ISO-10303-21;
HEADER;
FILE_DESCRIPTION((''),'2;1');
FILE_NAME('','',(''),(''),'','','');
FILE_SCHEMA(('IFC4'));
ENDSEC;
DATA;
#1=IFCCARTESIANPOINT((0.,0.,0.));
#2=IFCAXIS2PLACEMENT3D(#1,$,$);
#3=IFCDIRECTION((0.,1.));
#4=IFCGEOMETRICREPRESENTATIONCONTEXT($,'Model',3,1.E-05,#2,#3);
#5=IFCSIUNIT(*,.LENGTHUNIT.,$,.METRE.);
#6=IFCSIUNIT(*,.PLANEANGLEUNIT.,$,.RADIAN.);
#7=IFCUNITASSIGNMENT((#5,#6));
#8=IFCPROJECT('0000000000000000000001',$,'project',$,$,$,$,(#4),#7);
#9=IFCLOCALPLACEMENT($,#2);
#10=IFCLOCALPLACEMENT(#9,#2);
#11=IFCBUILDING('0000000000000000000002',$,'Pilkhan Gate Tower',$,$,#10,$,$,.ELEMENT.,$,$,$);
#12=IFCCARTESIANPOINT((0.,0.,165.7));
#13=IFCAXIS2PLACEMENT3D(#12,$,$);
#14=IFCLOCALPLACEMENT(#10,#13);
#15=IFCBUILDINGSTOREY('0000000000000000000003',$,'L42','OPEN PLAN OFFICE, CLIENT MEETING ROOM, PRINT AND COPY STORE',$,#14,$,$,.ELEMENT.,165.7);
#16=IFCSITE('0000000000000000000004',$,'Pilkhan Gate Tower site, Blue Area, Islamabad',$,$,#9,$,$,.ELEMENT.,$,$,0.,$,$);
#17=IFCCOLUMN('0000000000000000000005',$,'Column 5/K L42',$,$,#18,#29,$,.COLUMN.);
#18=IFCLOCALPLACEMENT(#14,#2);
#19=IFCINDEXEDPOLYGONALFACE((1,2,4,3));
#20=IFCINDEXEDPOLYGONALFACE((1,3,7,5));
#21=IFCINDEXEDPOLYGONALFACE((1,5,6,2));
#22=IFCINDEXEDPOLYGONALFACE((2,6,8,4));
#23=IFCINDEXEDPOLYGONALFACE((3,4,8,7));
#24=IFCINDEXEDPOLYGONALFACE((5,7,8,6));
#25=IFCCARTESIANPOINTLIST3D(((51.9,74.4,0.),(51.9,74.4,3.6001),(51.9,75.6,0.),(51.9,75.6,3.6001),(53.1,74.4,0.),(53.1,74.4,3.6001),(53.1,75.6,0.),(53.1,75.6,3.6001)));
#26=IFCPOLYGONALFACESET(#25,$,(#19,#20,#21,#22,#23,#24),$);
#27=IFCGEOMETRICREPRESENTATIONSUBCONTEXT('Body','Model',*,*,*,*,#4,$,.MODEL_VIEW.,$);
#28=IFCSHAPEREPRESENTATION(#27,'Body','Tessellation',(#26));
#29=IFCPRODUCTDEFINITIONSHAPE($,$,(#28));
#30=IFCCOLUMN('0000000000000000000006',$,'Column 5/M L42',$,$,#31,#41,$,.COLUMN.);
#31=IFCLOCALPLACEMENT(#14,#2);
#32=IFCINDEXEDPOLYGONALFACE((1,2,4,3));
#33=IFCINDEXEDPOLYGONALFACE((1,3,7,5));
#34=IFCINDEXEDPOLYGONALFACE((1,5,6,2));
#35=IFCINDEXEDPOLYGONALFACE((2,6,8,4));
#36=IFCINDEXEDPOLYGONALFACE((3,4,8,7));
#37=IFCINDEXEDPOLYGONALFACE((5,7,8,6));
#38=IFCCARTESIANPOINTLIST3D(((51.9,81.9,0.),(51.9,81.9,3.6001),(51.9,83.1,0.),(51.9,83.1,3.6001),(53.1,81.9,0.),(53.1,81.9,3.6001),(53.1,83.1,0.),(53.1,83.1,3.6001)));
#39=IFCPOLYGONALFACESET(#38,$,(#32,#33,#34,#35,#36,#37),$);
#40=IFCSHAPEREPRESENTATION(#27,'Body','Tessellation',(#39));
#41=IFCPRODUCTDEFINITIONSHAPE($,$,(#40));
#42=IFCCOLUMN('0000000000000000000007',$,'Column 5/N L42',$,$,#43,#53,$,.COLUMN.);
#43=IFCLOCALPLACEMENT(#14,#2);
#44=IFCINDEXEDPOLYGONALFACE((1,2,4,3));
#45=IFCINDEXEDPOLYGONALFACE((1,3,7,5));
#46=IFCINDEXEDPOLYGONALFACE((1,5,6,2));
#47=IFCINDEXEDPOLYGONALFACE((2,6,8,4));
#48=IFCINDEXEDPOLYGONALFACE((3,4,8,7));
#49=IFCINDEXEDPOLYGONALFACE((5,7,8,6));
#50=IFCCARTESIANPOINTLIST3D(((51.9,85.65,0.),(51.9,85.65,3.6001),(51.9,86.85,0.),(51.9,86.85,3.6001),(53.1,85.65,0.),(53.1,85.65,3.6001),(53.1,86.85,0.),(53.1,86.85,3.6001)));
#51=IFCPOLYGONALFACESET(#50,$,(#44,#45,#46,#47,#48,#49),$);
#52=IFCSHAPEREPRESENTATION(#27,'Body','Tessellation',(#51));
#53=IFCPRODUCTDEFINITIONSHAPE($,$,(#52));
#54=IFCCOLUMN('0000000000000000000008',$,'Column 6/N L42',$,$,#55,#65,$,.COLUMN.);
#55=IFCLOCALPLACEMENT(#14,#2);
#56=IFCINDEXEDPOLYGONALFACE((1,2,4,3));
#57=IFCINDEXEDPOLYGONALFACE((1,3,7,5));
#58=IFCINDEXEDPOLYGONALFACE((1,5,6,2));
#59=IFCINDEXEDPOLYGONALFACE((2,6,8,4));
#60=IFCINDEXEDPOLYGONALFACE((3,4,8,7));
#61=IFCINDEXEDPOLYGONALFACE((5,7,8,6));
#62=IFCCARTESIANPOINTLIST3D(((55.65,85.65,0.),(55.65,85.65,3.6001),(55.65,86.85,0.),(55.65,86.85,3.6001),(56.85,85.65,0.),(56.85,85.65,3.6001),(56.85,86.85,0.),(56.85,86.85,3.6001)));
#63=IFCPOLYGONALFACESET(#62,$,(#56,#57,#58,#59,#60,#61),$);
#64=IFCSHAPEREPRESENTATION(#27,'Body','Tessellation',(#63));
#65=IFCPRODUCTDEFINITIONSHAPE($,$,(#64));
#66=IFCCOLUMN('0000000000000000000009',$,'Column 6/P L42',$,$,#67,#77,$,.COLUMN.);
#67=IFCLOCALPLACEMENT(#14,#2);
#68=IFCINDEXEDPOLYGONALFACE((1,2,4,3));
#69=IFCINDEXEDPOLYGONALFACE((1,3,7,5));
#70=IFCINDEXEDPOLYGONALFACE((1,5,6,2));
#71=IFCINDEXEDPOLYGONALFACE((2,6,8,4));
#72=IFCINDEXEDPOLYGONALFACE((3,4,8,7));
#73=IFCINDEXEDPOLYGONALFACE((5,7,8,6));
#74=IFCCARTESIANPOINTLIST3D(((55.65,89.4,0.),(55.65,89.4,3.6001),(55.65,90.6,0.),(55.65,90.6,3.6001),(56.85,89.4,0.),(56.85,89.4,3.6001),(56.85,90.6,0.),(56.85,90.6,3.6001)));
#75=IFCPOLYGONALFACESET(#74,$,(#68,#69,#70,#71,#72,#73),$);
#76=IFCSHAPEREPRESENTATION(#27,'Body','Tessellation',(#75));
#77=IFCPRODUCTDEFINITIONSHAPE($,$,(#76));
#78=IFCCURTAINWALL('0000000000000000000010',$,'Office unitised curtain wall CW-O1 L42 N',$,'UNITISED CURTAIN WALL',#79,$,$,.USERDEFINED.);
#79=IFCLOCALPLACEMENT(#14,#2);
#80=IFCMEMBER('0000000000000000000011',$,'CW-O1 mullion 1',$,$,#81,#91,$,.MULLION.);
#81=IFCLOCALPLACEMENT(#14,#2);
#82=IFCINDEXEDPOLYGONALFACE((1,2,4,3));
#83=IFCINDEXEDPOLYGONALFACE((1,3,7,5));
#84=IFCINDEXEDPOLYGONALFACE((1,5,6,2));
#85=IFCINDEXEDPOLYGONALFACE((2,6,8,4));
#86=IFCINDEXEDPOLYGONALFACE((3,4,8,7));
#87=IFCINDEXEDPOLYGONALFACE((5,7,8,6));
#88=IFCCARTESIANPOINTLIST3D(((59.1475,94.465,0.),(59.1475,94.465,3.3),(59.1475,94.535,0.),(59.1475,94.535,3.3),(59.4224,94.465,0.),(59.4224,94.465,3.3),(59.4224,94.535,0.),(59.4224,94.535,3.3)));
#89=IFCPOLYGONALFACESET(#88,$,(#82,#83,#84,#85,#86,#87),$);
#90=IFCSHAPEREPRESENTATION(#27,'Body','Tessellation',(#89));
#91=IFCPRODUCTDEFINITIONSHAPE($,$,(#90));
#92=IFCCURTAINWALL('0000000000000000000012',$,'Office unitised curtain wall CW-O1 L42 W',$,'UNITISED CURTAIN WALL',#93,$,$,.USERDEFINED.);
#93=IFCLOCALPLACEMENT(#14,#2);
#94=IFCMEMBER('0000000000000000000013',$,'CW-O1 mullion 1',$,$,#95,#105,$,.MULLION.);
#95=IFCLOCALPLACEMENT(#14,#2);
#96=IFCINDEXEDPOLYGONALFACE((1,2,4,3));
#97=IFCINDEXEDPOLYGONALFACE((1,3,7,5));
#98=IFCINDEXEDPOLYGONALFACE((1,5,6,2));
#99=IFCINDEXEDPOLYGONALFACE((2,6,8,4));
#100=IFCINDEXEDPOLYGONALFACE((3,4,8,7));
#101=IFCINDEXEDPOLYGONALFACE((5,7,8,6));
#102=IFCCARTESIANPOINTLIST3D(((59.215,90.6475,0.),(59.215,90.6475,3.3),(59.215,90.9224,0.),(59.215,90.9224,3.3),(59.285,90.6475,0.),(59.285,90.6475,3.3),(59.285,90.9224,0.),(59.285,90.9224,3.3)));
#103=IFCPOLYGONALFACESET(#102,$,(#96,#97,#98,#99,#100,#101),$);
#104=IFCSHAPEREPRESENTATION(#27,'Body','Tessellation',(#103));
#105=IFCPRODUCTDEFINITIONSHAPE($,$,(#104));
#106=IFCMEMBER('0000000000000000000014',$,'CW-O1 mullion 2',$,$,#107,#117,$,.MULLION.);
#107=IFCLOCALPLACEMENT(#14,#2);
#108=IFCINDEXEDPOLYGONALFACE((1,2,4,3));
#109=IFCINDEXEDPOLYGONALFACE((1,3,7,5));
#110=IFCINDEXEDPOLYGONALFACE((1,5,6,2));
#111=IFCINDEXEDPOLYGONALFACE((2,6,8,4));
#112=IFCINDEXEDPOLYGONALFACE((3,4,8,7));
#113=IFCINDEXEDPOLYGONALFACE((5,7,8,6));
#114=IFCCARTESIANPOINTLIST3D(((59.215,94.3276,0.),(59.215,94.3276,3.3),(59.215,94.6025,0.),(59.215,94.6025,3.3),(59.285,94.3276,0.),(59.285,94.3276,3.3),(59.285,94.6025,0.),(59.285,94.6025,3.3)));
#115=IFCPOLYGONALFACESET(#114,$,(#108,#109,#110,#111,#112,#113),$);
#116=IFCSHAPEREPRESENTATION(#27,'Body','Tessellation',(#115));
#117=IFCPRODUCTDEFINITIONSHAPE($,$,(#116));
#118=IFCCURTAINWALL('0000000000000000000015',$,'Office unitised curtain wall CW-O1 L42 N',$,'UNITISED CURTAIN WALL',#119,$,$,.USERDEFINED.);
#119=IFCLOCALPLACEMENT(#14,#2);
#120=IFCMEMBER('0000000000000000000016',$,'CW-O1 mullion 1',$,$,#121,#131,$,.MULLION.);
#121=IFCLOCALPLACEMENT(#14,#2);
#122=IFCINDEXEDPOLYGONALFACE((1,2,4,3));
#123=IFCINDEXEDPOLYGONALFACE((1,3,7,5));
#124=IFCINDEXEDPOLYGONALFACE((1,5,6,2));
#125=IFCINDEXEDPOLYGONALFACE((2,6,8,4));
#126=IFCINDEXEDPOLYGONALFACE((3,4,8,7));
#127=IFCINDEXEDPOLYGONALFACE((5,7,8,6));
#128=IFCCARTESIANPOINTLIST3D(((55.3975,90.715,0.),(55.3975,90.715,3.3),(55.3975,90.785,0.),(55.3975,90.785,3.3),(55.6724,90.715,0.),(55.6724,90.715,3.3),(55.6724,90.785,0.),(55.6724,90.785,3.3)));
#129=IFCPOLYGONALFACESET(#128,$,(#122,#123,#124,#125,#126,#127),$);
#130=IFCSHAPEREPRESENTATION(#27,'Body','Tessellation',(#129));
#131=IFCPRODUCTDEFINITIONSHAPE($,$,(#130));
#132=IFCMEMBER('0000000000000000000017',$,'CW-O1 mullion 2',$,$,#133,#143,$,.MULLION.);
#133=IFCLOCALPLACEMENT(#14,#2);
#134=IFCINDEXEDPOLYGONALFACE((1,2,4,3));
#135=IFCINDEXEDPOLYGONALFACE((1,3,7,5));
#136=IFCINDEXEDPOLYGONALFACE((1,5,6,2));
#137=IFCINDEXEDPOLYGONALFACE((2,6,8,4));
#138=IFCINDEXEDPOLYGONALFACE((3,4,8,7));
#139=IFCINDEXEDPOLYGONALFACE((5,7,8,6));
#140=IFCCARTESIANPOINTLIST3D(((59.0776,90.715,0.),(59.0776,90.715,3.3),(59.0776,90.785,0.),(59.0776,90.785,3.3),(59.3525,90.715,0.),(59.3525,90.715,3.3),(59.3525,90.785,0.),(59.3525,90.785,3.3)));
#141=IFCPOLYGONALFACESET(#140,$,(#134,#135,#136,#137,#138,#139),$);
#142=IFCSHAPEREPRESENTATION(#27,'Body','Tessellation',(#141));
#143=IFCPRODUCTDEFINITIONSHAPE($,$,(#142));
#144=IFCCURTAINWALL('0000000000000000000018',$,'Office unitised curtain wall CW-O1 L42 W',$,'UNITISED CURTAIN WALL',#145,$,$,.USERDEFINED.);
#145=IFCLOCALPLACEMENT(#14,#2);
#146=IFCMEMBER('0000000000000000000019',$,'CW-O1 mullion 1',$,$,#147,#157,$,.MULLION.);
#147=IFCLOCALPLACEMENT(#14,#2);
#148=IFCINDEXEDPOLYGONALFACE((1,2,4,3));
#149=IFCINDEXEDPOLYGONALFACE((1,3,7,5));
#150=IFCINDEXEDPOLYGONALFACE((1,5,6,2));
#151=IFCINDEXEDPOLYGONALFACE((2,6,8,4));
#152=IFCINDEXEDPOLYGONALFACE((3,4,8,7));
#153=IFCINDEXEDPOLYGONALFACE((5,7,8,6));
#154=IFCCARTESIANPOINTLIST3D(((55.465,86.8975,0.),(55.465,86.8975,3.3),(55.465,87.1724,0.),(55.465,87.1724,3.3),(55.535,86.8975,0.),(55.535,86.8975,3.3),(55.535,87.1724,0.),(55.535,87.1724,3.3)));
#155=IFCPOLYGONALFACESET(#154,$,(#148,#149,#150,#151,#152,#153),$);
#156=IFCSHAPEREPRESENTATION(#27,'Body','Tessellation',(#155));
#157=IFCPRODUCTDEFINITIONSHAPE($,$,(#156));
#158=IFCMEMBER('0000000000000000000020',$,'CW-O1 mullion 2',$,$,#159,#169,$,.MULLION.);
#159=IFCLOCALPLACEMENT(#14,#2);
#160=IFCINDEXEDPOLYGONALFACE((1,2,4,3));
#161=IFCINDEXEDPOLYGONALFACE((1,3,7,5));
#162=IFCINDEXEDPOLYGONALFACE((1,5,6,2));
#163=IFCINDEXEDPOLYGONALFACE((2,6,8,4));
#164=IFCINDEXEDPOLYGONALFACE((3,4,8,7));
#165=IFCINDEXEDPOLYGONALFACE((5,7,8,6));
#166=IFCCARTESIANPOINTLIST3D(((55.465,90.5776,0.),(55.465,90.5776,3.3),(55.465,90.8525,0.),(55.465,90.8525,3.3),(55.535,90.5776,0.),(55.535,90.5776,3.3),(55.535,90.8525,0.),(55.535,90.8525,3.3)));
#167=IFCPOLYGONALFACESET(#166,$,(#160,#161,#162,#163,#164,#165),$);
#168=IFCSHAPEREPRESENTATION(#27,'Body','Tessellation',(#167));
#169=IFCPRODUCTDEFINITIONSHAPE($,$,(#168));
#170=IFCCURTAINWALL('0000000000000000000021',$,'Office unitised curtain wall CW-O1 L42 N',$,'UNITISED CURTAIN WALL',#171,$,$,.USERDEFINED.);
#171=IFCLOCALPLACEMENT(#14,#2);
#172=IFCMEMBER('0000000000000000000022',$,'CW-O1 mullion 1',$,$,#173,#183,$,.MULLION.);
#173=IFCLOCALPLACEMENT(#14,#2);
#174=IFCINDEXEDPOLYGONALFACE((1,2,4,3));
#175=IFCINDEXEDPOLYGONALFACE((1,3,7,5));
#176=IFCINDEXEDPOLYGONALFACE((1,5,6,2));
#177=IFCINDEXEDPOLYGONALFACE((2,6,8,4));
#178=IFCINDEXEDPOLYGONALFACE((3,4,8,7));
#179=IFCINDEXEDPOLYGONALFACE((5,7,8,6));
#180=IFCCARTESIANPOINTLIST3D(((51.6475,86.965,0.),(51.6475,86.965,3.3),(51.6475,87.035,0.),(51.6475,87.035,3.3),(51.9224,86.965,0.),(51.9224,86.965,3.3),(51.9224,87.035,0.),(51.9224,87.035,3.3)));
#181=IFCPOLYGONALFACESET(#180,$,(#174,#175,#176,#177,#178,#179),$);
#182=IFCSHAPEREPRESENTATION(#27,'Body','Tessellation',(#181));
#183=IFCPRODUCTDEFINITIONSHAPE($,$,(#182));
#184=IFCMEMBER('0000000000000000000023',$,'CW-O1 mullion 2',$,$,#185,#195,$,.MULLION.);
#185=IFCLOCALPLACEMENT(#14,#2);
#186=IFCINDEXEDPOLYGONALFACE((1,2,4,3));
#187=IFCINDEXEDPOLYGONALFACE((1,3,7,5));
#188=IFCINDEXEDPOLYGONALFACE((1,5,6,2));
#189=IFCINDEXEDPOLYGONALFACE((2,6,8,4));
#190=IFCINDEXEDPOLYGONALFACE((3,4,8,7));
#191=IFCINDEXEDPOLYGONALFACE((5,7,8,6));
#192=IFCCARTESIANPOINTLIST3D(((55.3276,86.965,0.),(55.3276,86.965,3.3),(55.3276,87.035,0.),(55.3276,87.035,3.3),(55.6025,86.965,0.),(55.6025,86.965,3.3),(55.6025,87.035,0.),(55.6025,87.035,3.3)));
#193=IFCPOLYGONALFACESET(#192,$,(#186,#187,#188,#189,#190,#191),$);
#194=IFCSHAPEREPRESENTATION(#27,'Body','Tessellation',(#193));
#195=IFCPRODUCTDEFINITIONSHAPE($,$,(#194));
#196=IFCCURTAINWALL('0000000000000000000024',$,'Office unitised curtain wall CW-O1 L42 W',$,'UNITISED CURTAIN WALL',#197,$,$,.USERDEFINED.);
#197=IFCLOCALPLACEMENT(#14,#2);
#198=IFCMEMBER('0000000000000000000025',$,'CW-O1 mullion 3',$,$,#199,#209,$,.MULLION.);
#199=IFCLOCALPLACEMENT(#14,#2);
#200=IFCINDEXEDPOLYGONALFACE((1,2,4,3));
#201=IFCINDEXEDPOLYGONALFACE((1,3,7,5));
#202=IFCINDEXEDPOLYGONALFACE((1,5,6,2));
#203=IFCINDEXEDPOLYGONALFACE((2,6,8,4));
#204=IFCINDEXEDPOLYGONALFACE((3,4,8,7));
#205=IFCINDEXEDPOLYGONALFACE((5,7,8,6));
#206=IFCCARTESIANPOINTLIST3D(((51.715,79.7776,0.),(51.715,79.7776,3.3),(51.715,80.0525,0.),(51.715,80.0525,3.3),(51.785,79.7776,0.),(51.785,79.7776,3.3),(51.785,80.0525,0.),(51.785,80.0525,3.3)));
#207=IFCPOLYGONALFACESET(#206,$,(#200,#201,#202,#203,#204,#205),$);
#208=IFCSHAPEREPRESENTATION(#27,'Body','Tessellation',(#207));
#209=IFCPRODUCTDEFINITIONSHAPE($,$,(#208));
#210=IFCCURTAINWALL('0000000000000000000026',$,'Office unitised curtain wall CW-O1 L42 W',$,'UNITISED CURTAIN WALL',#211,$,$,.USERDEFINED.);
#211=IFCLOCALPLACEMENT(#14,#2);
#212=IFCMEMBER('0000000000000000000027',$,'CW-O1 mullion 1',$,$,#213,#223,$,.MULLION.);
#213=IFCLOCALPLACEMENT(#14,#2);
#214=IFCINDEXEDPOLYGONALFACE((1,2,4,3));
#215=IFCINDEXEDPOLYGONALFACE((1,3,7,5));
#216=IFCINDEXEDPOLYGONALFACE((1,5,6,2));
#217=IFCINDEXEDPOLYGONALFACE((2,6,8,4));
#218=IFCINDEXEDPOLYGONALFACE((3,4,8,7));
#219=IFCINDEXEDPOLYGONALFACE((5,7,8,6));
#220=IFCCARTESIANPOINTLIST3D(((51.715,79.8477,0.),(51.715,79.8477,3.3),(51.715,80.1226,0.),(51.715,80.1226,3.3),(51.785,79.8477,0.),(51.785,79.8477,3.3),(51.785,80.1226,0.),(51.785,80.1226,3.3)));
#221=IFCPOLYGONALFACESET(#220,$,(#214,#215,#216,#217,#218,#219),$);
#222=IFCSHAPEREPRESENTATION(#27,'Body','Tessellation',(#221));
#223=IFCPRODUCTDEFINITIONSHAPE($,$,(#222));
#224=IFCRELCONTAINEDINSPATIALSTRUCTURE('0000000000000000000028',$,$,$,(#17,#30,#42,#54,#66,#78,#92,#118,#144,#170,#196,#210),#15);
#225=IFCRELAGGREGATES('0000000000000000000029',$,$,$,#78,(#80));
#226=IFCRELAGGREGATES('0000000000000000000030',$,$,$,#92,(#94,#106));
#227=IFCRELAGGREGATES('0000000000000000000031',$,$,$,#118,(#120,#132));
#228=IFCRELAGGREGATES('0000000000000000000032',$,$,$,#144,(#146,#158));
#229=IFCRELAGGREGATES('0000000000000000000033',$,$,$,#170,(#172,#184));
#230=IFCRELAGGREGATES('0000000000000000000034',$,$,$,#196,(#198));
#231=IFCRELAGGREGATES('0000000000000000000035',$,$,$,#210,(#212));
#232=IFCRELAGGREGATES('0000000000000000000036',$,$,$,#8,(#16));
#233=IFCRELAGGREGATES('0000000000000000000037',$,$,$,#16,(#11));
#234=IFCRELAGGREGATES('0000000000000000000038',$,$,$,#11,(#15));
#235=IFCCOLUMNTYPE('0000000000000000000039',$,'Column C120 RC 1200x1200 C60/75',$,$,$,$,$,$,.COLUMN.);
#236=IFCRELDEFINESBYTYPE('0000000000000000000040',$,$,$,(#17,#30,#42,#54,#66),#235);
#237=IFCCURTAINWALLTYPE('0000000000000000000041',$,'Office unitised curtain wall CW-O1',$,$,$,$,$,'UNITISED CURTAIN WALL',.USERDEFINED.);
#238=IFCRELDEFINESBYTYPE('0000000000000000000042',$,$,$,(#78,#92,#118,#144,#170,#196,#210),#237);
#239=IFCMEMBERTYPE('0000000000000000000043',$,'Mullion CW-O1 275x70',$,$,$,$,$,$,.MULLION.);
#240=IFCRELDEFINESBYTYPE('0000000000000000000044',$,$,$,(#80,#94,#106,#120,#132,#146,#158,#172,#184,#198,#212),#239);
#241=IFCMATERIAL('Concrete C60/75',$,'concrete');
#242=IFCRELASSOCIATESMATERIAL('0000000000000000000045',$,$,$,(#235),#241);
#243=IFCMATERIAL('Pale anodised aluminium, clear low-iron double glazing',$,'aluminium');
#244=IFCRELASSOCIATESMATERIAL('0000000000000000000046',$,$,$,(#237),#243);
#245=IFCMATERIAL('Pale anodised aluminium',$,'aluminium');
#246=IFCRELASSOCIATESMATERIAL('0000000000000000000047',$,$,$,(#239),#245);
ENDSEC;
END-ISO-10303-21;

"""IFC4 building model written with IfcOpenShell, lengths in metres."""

from ifc_helpers import new_model, si_unit, direction, frame, origin, origin_2d, place, context, subcontext, project, spatial, rectangle, extrude, material, material_profile, profile_set, type_object, element, aggregate, save


model = new_model("IFC4")

# Units and contexts
model_context = context("Model", 3, precision=1e-05, world=origin(), true_north=direction((0.0, 1.0)))
body_context = subcontext(model_context, "Body", "Model", "MODEL_VIEW")
ifc_project = project(units=[si_unit("LENGTHUNIT", "METRE"), si_unit("PLANEANGLEUNIT", "RADIAN")], contexts=[model_context])

# Site, building, storey
site_placement = place(None, origin())
site = spatial("IfcSite", under=ifc_project, at=site_placement, Name="Pilkhan Gate Tower site, Blue Area, Islamabad", CompositionType="ELEMENT", RefElevation=0.0)
building_placement = place(site_placement, origin())
building = spatial("IfcBuilding", under=site, at=building_placement, Name="Pilkhan Gate Tower", CompositionType="ELEMENT")
storey_placement = place(building_placement, frame((0.0, 0.0, 165.7)))
storey = spatial("IfcBuildingStorey", under=building, at=storey_placement, Name="L42", Description="OPEN PLAN OFFICE, CLIENT MEETING ROOM, PRINT AND COPY STORE", CompositionType="ELEMENT", Elevation=165.7)

# Columns
ifc_material_1 = material(Name="Concrete C60/75", Category="concrete")
ifc_material_profile_1 = material_profile(ifc_material_1, rectangle(XDim=1.2, YDim=1.2, at=origin_2d()), Name="RC 1200x1200")
ifc_profile_set_1 = profile_set([ifc_material_profile_1], Name="Concrete C60/75")
column_type = type_object("IfcColumnType", Name="Column C120 RC 1200x1200 C60/75", PredefinedType="COLUMN", material=ifc_profile_set_1)
for number, where, z_axis, x_axis, name in (
    (1, (52.5, 75.0, 0.0), (0.0, 0.0, 1.0), (1.0, 0.0, 0.0), "Column 5/K L42"),
    (2, (52.5, 82.5, 0.0), (0.0, 0.0, 1.0), (1.0, 0.0, 0.0), "Column 5/M L42"),
    (3, (52.5, 86.25, 0.0), (0.0, 0.0, 1.0), (1.0, 0.0, 0.0), "Column 5/N L42"),
    (4, (56.25, 86.25, 0.0), (0.0, 0.0, 1.0), (1.0, 0.0, 0.0), "Column 6/N L42"),
    (5, (56.25, 90.0, 0.0), (0.0, 0.0, 1.0), (1.0, 0.0, 0.0), "Column 6/P L42"),
):
    element("IfcColumn", number, at=place(storey_placement, frame(where, z_axis=z_axis, x_axis=x_axis)), inside=storey, type_object=column_type, Name=name, PredefinedType="COLUMN", context=body_context, shape_type="SweptSolid", body=[
        extrude(rectangle(XDim=1.2, YDim=1.2, at=origin_2d()), origin(), (0.0, 0.0, 1.0), 3.6001),
    ])

# Curtain wall, member
ifc_material_2 = material(Name="Pale anodised aluminium, clear low-iron double glazing", Category="aluminium")
curtain_wall_type = type_object("IfcCurtainWallType", Name="Office unitised curtain wall CW-O1", ElementType="UNITISED CURTAIN WALL", PredefinedType="USERDEFINED", material=ifc_material_2)
curtain_wall_1_placement = place(storey_placement, origin())
curtain_wall_1 = element("IfcCurtainWall", 6, at=curtain_wall_1_placement, inside=storey, type_object=curtain_wall_type, Name="Office unitised curtain wall CW-O1 L42 N", ObjectType="UNITISED CURTAIN WALL", PredefinedType="USERDEFINED")
ifc_material_3 = material(Name="Pale anodised aluminium", Category="aluminium")
ifc_material_profile_2 = material_profile(ifc_material_3, rectangle(XDim=0.0701, YDim=0.2749, at=origin_2d()), Name="Mullion 275x70")
ifc_profile_set_2 = profile_set([ifc_material_profile_2], Name="Pale anodised aluminium")
member_type_1 = type_object("IfcMemberType", Name="Mullion CW-O1 275x70", PredefinedType="MULLION", material=ifc_profile_set_2)
member_1_placement = place(storey_placement, frame((59.2849, 94.5, 0.0), z_axis=(0.0, 0.0, 1.0), x_axis=(0.0, 1.0, 0.0)))
member_1 = element("IfcMember", 7, at=member_1_placement, type_object=member_type_1, Name="CW-O1 mullion 1", PredefinedType="MULLION", context=body_context, shape_type="SweptSolid", body=[
    extrude(rectangle(XDim=0.0701, YDim=0.2749, at=origin_2d()), origin(), (0.0, 0.0, 1.0), 3.3),
])

# Curtain walls, members
curtain_wall_2_placement = place(storey_placement, origin())
curtain_wall_2 = element("IfcCurtainWall", 8, at=curtain_wall_2_placement, inside=storey, type_object=curtain_wall_type, Name="Office unitised curtain wall CW-O1 L42 W", ObjectType="UNITISED CURTAIN WALL", PredefinedType="USERDEFINED")
member_2_placement = place(storey_placement, frame((59.25, 90.7849, 0.0), z_axis=(0.0, 0.0, 1.0), x_axis=(-1.0, 0.0, 0.0)))
member_2 = element("IfcMember", 9, at=member_2_placement, type_object=member_type_1, Name="CW-O1 mullion 1", PredefinedType="MULLION", context=body_context, shape_type="SweptSolid", body=[
    extrude(rectangle(XDim=0.0701, YDim=0.2749, at=origin_2d()), origin(), (0.0, 0.0, 1.0), 3.3),
])
member_3_placement = place(storey_placement, frame((59.25, 94.4651, 0.0), z_axis=(0.0, 0.0, 1.0), x_axis=(-1.0, 0.0, 0.0)))
member_3 = element("IfcMember", 10, at=member_3_placement, type_object=member_type_1, Name="CW-O1 mullion 2", PredefinedType="MULLION", context=body_context, shape_type="SweptSolid", body=[
    extrude(rectangle(XDim=0.0701, YDim=0.2749, at=origin_2d()), origin(), (0.0, 0.0, 1.0), 3.3),
])
curtain_wall_3_placement = place(storey_placement, origin())
curtain_wall_3 = element("IfcCurtainWall", 11, at=curtain_wall_3_placement, inside=storey, type_object=curtain_wall_type, Name="Office unitised curtain wall CW-O1 L42 N", ObjectType="UNITISED CURTAIN WALL", PredefinedType="USERDEFINED")
member_4_placement = place(storey_placement, frame((55.5349, 90.75, 0.0), z_axis=(0.0, 0.0, 1.0), x_axis=(0.0, 1.0, 0.0)))
member_4 = element("IfcMember", 12, at=member_4_placement, type_object=member_type_1, Name="CW-O1 mullion 1", PredefinedType="MULLION", context=body_context, shape_type="SweptSolid", body=[
    extrude(rectangle(XDim=0.0701, YDim=0.2749, at=origin_2d()), origin(), (0.0, 0.0, 1.0), 3.3),
])
member_5_placement = place(storey_placement, frame((59.2151, 90.75, 0.0), z_axis=(0.0, 0.0, 1.0), x_axis=(0.0, 1.0, 0.0)))
member_5 = element("IfcMember", 13, at=member_5_placement, type_object=member_type_1, Name="CW-O1 mullion 2", PredefinedType="MULLION", context=body_context, shape_type="SweptSolid", body=[
    extrude(rectangle(XDim=0.0701, YDim=0.2749, at=origin_2d()), origin(), (0.0, 0.0, 1.0), 3.3),
])
curtain_wall_4_placement = place(storey_placement, origin())
curtain_wall_4 = element("IfcCurtainWall", 14, at=curtain_wall_4_placement, inside=storey, type_object=curtain_wall_type, Name="Office unitised curtain wall CW-O1 L42 W", ObjectType="UNITISED CURTAIN WALL", PredefinedType="USERDEFINED")
member_6_placement = place(storey_placement, frame((55.5, 87.0349, 0.0), z_axis=(0.0, 0.0, 1.0), x_axis=(-1.0, 0.0, 0.0)))
member_6 = element("IfcMember", 15, at=member_6_placement, type_object=member_type_1, Name="CW-O1 mullion 1", PredefinedType="MULLION", context=body_context, shape_type="SweptSolid", body=[
    extrude(rectangle(XDim=0.0701, YDim=0.2749, at=origin_2d()), origin(), (0.0, 0.0, 1.0), 3.3),
])
member_7_placement = place(storey_placement, frame((55.5, 90.7151, 0.0), z_axis=(0.0, 0.0, 1.0), x_axis=(-1.0, 0.0, 0.0)))
member_7 = element("IfcMember", 16, at=member_7_placement, type_object=member_type_1, Name="CW-O1 mullion 2", PredefinedType="MULLION", context=body_context, shape_type="SweptSolid", body=[
    extrude(rectangle(XDim=0.0701, YDim=0.2749, at=origin_2d()), origin(), (0.0, 0.0, 1.0), 3.3),
])
curtain_wall_5_placement = place(storey_placement, origin())
curtain_wall_5 = element("IfcCurtainWall", 17, at=curtain_wall_5_placement, inside=storey, type_object=curtain_wall_type, Name="Office unitised curtain wall CW-O1 L42 N", ObjectType="UNITISED CURTAIN WALL", PredefinedType="USERDEFINED")
member_8_placement = place(storey_placement, frame((51.7849, 87.0, 0.0), z_axis=(0.0, 0.0, 1.0), x_axis=(0.0, 1.0, 0.0)))
member_8 = element("IfcMember", 18, at=member_8_placement, type_object=member_type_1, Name="CW-O1 mullion 1", PredefinedType="MULLION", context=body_context, shape_type="SweptSolid", body=[
    extrude(rectangle(XDim=0.0701, YDim=0.2749, at=origin_2d()), origin(), (0.0, 0.0, 1.0), 3.3),
])
member_9_placement = place(storey_placement, frame((55.4651, 87.0, 0.0), z_axis=(0.0, 0.0, 1.0), x_axis=(0.0, 1.0, 0.0)))
member_9 = element("IfcMember", 19, at=member_9_placement, type_object=member_type_1, Name="CW-O1 mullion 2", PredefinedType="MULLION", context=body_context, shape_type="SweptSolid", body=[
    extrude(rectangle(XDim=0.0701, YDim=0.2749, at=origin_2d()), origin(), (0.0, 0.0, 1.0), 3.3),
])

# Curtain wall, member
curtain_wall_6_placement = place(storey_placement, origin())
curtain_wall_6 = element("IfcCurtainWall", 20, at=curtain_wall_6_placement, inside=storey, type_object=curtain_wall_type, Name="Office unitised curtain wall CW-O1 L42 W", ObjectType="UNITISED CURTAIN WALL", PredefinedType="USERDEFINED")
member_10_placement = place(storey_placement, frame((51.75, 79.915, 0.0), z_axis=(0.0, 0.0, 1.0), x_axis=(-1.0, 0.0, 0.0)))
member_10 = element("IfcMember", 21, at=member_10_placement, type_object=member_type_1, Name="CW-O1 mullion 3", PredefinedType="MULLION", context=body_context, shape_type="SweptSolid", body=[
    extrude(rectangle(XDim=0.0701, YDim=0.2749, at=origin_2d()), origin(), (0.0, 0.0, 1.0), 3.3),
])

# Curtain wall, member
curtain_wall_7_placement = place(storey_placement, origin())
curtain_wall_7 = element("IfcCurtainWall", 22, at=curtain_wall_7_placement, inside=storey, type_object=curtain_wall_type, Name="Office unitised curtain wall CW-O1 L42 W", ObjectType="UNITISED CURTAIN WALL", PredefinedType="USERDEFINED")
member_11_placement = place(storey_placement, frame((51.75, 79.9851, 0.0), z_axis=(0.0, 0.0, 1.0), x_axis=(-1.0, 0.0, 0.0)))
member_11 = element("IfcMember", 23, at=member_11_placement, type_object=member_type_1, Name="CW-O1 mullion 1", PredefinedType="MULLION", context=body_context, shape_type="SweptSolid", body=[
    extrude(rectangle(XDim=0.0701, YDim=0.2749, at=origin_2d()), origin(), (0.0, 0.0, 1.0), 3.3),
])

aggregate(curtain_wall_1, [member_1])

aggregate(curtain_wall_2, [member_2, member_3])
aggregate(curtain_wall_3, [member_4, member_5])
aggregate(curtain_wall_4, [member_6, member_7])
aggregate(curtain_wall_5, [member_8, member_9])
aggregate(curtain_wall_6, [member_10])
aggregate(curtain_wall_7, [member_11])

save(model, "model.ifc")
